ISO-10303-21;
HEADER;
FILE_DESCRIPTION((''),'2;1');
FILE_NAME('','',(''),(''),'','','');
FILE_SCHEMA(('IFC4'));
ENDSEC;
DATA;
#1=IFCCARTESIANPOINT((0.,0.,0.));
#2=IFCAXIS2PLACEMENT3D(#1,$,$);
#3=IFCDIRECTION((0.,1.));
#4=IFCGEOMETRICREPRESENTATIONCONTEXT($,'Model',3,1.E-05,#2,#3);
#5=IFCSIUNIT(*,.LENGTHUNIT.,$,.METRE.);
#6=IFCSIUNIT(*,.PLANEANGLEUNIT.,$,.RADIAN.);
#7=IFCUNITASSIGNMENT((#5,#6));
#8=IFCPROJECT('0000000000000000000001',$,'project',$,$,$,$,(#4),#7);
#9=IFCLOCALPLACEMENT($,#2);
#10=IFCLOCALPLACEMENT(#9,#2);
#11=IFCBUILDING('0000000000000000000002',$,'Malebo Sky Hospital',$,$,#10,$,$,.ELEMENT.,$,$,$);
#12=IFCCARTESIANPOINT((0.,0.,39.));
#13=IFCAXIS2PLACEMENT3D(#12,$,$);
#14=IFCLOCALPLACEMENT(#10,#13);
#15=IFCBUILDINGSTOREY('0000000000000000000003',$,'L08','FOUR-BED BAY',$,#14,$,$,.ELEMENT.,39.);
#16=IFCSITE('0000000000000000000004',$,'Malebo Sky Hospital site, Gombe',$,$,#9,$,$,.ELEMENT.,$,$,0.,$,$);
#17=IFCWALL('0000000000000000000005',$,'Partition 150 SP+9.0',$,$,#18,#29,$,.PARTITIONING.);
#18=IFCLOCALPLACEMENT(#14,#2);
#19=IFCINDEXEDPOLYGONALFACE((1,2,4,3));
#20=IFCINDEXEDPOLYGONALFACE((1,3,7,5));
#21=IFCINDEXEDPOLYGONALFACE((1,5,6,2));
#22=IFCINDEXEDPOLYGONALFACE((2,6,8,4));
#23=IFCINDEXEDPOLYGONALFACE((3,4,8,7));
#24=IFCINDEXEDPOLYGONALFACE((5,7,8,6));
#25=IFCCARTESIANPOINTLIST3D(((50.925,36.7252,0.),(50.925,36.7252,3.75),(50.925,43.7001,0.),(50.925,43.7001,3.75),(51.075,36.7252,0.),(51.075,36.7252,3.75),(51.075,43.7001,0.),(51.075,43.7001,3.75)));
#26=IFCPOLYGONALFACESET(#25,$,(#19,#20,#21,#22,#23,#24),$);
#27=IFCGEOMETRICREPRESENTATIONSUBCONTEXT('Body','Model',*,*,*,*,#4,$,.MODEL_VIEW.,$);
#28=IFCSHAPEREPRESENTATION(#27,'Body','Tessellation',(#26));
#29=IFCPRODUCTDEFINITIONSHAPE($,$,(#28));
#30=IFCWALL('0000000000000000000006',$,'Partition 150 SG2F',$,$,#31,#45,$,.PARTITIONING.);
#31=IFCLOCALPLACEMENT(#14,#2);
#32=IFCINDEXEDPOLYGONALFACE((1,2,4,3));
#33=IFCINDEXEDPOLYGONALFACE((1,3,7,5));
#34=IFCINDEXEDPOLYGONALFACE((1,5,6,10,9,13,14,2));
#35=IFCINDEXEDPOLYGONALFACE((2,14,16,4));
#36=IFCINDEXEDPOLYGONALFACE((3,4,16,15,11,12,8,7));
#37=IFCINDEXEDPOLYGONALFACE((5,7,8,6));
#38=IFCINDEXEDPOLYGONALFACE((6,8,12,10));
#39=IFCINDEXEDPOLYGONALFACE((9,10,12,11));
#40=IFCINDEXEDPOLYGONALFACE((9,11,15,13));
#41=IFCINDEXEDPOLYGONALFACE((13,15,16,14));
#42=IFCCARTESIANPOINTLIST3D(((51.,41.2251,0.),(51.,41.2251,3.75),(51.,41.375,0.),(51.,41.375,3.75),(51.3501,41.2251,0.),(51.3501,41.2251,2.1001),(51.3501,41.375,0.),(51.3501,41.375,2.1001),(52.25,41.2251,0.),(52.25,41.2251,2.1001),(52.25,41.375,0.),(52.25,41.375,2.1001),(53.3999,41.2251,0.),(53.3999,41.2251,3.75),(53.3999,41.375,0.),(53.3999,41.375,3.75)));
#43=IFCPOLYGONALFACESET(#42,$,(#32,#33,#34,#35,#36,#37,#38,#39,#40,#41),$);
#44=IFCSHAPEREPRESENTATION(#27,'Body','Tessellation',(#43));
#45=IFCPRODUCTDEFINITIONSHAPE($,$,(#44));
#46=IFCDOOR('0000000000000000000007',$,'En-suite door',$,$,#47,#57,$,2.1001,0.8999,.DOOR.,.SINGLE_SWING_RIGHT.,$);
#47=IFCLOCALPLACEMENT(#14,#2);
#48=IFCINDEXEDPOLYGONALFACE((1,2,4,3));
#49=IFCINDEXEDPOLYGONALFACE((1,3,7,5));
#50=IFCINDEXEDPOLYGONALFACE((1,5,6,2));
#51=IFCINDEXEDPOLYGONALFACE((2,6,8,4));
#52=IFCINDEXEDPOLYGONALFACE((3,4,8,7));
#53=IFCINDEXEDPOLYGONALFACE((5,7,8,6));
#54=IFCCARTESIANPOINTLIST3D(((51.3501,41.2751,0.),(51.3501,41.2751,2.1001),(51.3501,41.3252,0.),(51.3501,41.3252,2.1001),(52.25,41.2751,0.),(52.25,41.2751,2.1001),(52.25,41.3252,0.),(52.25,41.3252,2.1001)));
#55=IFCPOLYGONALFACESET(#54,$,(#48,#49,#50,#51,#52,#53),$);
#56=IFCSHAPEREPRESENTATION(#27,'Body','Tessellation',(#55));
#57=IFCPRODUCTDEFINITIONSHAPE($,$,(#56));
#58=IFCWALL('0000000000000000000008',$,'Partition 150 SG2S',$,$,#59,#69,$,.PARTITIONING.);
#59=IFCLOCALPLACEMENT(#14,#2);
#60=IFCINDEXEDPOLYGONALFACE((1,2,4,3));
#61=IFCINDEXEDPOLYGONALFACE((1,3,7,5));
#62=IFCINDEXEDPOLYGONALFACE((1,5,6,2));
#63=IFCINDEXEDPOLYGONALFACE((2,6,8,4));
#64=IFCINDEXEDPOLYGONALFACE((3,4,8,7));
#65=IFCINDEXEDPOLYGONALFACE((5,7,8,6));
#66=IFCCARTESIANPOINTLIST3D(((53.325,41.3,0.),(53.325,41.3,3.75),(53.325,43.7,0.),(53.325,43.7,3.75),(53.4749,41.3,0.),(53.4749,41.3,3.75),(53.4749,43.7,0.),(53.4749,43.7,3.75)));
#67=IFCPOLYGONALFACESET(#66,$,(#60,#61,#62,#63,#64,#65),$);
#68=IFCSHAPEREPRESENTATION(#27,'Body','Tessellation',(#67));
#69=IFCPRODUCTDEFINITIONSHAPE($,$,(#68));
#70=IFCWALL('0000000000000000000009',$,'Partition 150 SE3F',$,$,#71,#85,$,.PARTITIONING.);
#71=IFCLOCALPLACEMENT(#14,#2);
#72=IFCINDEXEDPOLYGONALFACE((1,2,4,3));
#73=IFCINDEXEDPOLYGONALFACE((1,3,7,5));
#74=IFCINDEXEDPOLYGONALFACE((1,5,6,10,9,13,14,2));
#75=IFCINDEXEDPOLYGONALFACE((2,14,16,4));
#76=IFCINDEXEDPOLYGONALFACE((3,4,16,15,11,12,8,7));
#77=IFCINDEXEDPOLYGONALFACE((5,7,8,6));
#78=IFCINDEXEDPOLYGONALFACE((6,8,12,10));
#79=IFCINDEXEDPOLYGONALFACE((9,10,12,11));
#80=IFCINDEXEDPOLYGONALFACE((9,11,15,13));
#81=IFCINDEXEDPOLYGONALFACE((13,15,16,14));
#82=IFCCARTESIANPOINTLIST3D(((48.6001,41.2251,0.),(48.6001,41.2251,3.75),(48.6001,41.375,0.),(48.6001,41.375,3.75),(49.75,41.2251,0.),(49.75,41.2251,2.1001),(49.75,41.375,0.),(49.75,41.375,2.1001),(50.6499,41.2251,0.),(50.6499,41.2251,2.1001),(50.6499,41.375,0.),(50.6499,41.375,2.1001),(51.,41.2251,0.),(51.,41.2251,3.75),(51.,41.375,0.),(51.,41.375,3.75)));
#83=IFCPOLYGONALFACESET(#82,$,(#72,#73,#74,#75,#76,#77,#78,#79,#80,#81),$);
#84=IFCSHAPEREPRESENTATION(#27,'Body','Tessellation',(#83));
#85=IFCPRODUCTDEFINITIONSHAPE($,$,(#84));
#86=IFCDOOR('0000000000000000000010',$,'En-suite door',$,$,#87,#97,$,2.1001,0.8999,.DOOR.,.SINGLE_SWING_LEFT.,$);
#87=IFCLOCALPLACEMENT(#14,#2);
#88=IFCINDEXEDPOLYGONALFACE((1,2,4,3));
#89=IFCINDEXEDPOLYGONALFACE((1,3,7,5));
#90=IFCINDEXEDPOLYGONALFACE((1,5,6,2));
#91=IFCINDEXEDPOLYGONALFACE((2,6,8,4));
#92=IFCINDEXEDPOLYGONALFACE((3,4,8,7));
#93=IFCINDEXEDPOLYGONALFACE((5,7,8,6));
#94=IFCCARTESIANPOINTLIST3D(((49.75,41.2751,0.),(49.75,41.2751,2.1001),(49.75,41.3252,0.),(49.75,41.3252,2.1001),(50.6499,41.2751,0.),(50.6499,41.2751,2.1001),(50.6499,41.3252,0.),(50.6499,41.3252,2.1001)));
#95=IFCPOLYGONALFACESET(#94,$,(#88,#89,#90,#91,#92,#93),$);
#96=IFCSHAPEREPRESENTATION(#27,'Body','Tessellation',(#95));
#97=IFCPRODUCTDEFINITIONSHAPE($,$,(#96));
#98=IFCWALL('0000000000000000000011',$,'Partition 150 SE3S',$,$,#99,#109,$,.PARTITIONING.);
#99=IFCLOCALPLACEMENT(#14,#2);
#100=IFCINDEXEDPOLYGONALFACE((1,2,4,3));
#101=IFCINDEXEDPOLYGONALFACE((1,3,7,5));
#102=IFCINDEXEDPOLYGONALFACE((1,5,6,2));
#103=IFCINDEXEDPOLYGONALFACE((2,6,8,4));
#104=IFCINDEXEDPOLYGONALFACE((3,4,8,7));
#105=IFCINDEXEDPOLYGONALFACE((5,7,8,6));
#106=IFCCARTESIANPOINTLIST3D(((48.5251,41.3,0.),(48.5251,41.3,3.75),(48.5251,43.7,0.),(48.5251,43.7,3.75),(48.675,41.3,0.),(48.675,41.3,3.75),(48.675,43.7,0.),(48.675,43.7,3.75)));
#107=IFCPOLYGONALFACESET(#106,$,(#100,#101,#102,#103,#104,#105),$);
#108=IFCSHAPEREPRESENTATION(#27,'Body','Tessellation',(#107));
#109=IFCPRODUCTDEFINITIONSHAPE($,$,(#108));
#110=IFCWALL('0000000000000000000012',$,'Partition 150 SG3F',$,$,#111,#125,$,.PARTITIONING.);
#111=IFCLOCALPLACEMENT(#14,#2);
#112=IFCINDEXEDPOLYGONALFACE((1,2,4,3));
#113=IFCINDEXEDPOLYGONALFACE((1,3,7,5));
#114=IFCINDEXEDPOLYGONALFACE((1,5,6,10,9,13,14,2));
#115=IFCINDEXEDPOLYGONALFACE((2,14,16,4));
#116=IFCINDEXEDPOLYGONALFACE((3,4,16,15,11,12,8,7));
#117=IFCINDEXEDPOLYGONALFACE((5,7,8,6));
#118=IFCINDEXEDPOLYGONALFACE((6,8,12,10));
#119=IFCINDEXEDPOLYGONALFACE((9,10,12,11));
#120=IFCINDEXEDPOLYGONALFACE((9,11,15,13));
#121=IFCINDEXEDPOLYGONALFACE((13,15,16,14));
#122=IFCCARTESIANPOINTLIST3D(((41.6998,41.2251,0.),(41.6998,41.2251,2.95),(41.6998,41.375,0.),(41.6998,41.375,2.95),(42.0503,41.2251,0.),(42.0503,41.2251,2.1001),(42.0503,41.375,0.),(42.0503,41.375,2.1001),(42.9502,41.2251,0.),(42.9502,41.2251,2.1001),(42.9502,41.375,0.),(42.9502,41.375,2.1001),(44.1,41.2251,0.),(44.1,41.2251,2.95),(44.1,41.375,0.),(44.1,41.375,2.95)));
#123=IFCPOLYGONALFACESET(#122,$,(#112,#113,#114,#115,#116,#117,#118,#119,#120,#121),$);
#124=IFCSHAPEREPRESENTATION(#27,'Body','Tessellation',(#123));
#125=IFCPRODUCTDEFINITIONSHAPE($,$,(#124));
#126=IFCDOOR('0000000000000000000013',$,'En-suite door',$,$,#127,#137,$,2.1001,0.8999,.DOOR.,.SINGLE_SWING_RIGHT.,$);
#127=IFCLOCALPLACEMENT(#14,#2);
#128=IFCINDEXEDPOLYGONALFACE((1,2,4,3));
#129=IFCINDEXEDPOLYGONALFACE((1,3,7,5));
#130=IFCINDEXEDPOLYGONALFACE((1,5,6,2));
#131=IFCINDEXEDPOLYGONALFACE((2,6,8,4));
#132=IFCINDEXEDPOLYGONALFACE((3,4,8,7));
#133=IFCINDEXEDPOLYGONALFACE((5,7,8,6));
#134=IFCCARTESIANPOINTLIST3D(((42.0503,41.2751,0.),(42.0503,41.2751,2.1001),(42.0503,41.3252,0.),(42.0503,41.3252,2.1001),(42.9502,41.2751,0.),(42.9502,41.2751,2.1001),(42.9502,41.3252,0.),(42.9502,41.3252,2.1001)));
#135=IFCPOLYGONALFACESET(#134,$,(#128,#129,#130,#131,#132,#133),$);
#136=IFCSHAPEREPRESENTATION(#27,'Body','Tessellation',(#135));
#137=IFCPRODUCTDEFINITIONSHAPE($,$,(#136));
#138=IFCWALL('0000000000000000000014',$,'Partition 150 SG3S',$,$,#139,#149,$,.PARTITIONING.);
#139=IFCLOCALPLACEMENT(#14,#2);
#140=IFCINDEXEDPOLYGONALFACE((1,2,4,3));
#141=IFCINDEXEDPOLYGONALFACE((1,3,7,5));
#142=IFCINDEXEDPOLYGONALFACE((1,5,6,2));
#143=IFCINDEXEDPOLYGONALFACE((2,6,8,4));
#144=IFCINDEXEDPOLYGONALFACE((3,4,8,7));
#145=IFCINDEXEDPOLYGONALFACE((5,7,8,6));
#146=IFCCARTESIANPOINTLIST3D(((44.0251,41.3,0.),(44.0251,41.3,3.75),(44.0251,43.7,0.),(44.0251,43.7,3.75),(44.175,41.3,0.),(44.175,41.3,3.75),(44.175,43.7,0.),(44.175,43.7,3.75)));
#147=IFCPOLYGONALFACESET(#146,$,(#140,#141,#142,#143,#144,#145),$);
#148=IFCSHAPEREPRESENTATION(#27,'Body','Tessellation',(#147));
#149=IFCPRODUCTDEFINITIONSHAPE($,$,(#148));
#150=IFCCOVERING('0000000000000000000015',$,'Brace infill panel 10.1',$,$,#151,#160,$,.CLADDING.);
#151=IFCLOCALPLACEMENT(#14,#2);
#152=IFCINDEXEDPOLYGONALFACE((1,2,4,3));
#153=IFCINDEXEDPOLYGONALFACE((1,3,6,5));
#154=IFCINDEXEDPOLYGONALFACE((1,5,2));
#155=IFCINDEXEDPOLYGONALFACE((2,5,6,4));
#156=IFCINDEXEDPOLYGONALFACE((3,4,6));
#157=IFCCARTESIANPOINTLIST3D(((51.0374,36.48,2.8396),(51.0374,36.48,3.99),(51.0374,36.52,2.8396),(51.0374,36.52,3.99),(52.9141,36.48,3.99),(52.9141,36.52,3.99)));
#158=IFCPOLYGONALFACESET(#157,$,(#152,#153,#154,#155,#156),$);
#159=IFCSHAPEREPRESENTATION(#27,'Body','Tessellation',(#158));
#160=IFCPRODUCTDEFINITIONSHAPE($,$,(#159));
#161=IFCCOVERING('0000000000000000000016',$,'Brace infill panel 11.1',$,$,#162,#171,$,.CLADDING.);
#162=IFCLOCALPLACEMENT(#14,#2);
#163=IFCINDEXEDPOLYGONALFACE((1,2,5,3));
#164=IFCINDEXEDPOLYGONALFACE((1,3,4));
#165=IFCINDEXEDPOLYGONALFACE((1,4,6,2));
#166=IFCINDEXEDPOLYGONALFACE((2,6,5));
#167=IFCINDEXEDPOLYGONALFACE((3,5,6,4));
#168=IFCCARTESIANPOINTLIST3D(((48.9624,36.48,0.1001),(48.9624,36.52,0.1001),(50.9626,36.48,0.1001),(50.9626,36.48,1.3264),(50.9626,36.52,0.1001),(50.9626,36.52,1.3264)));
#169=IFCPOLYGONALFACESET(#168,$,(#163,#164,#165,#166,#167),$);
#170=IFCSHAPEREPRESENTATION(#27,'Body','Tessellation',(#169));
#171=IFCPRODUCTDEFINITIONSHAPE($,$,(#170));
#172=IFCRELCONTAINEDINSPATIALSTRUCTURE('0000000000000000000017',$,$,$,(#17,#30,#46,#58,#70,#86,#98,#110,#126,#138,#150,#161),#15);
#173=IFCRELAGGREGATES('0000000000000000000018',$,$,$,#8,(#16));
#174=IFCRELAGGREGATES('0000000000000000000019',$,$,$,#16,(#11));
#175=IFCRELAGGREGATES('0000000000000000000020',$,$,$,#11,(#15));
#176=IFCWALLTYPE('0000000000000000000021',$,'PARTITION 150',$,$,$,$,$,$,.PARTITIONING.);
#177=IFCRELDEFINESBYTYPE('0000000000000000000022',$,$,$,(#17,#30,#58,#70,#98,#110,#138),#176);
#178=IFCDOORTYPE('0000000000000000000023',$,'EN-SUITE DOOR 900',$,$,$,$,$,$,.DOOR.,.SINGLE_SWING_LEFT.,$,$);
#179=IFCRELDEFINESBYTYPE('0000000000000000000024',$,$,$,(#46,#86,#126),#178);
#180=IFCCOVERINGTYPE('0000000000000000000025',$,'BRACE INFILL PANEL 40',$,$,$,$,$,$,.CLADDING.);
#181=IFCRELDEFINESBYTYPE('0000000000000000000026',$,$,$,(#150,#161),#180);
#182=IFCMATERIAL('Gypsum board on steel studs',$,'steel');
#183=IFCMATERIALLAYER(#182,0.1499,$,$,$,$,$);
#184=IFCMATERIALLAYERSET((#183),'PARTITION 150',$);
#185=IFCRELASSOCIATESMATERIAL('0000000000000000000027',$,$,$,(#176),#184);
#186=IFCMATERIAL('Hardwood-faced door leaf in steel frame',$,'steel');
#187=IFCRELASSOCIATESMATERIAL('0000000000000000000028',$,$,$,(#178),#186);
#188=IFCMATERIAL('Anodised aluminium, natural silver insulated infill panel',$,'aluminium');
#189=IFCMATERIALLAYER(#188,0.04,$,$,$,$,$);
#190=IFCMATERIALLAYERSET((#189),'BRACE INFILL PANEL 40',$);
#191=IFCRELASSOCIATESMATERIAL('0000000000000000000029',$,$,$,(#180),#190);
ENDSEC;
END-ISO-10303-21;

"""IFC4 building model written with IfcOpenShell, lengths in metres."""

from ifc_helpers import new_model, si_unit, direction, frame, frame_2d, origin, place, context, subcontext, project, spatial, polyline, rectangle, outline, extrude, material, layer, layer_set, type_object, element, fill, save


model = new_model("IFC4")

# Units and contexts
model_context = context("Model", 3, precision=1e-05, world=origin(), true_north=direction((0.0, 1.0)))
body_context = subcontext(model_context, "Body", "Model", "MODEL_VIEW")
ifc_project = project(units=[si_unit("LENGTHUNIT", "METRE"), si_unit("PLANEANGLEUNIT", "RADIAN")], contexts=[model_context])

# Site, building, storey
site_placement = place(None, origin())
site = spatial("IfcSite", under=ifc_project, at=site_placement, Name="Malebo Sky Hospital site, Gombe", CompositionType="ELEMENT", RefElevation=0.0)
building_placement = place(site_placement, origin())
building = spatial("IfcBuilding", under=site, at=building_placement, Name="Malebo Sky Hospital", CompositionType="ELEMENT")
storey_placement = place(building_placement, frame((0.0, 0.0, 39.0)))
storey = spatial("IfcBuildingStorey", under=building, at=storey_placement, Name="L08", Description="FOUR-BED BAY", CompositionType="ELEMENT", Elevation=39.0)

# Wall
ifc_material_1 = material(Name="Gypsum board on steel studs", Category="steel")
ifc_layer_1 = layer(ifc_material_1, 0.1499)
ifc_layer_set_1 = layer_set([ifc_layer_1], Name="PARTITION 150")
wall_type = type_object("IfcWallType", Name="PARTITION 150", PredefinedType="PARTITIONING", material=ifc_layer_set_1)
wall_1_placement = place(storey_placement, frame((51.0, 43.7, 0.0), z_axis=(0.0, 0.0, 1.0), x_axis=(0.0, -1.0, 0.0)))
element("IfcWall", 1, at=wall_1_placement, inside=storey, type_object=wall_type, Name="Partition 150 SP+9.0", PredefinedType="PARTITIONING", context=body_context, shape_type="SweptSolid", body=[
    extrude(rectangle(XDim=6.9749, YDim=0.1499, at=frame_2d((3.4873, 0.0))), origin(), (0.0, 0.0, 1.0), 3.75),
])

# Wall, opening, door
wall_2_placement = place(storey_placement, frame((53.3999, 41.3, 0.0), z_axis=(0.0, 0.0, 1.0), x_axis=(-1.0, 0.0, 0.0)))
wall_2 = element("IfcWall", 2, at=wall_2_placement, inside=storey, type_object=wall_type, Name="Partition 150 SG2F", PredefinedType="PARTITIONING", context=body_context, shape_type="SweptSolid", body=[
    extrude(rectangle(XDim=2.3999, YDim=0.1499, at=frame_2d((1.2, 0.0))), origin(), (0.0, 0.0, 1.0), 3.75),
])
opening_1_placement = place(wall_2_placement, frame((1.1499, 0.0, 0.0)))
opening_1 = element("IfcOpeningElement", 3, at=opening_1_placement, cuts=wall_2, PredefinedType="OPENING", context=body_context, shape_type="SweptSolid", body=[
    extrude(rectangle(XDim=0.8999, YDim=2.1001, at=frame_2d((0.45, 1.05))), frame((0.0, 0.085, 0.0), z_axis=(0.0, -1.0, 0.0), x_axis=(1.0, 0.0, 0.0)), (0.0, 0.0, 1.0), 0.1699),
])
ifc_material_2 = material(Name="Hardwood-faced door leaf in steel frame", Category="steel")
door_type = type_object("IfcDoorType", Name="EN-SUITE DOOR 900", OperationType="SINGLE_SWING_LEFT", PredefinedType="DOOR", material=ifc_material_2)
door_1_placement = place(opening_1_placement, origin())
door_1 = element("IfcDoor", 4, at=door_1_placement, inside=storey, type_object=door_type, Name="En-suite door", OperationType="SINGLE_SWING_RIGHT", OverallHeight=2.1001, OverallWidth=0.8999, PredefinedType="DOOR", context=body_context, shape_type="SweptSolid", body=[
    extrude(rectangle(XDim=0.8999, YDim=2.1001, at=frame_2d((0.45, 1.05))), frame((0.0, 0.0249, 0.0), z_axis=(0.0, -1.0, 0.0), x_axis=(1.0, 0.0, 0.0)), (0.0, 0.0, 1.0), 0.05),
])
fill(opening_1, door_1)

# Wall
wall_3_placement = place(storey_placement, frame((53.3999, 43.7, 0.0), z_axis=(0.0, 0.0, 1.0), x_axis=(0.0, -1.0, 0.0)))
element("IfcWall", 5, at=wall_3_placement, inside=storey, type_object=wall_type, Name="Partition 150 SG2S", PredefinedType="PARTITIONING", context=body_context, shape_type="SweptSolid", body=[
    extrude(rectangle(XDim=2.3999, YDim=0.1499, at=frame_2d((1.2, 0.0))), origin(), (0.0, 0.0, 1.0), 3.75),
])

# Wall, opening, door
wall_4_placement = place(storey_placement, frame((51.0, 41.3, 0.0), z_axis=(0.0, 0.0, 1.0), x_axis=(-1.0, 0.0, 0.0)))
wall_4 = element("IfcWall", 6, at=wall_4_placement, inside=storey, type_object=wall_type, Name="Partition 150 SE3F", PredefinedType="PARTITIONING", context=body_context, shape_type="SweptSolid", body=[
    extrude(rectangle(XDim=2.3999, YDim=0.1499, at=frame_2d((1.2, 0.0))), origin(), (0.0, 0.0, 1.0), 3.75),
])
opening_2_placement = place(wall_4_placement, frame((0.3501, 0.0, 0.0)))
opening_2 = element("IfcOpeningElement", 7, at=opening_2_placement, cuts=wall_4, PredefinedType="OPENING", context=body_context, shape_type="SweptSolid", body=[
    extrude(rectangle(XDim=0.8999, YDim=2.1001, at=frame_2d((0.45, 1.05))), frame((0.0, 0.085, 0.0), z_axis=(0.0, -1.0, 0.0), x_axis=(1.0, 0.0, 0.0)), (0.0, 0.0, 1.0), 0.1699),
])
door_2_placement = place(opening_2_placement, origin())
door_2 = element("IfcDoor", 8, at=door_2_placement, inside=storey, type_object=door_type, Name="En-suite door", OperationType="SINGLE_SWING_LEFT", OverallHeight=2.1001, OverallWidth=0.8999, PredefinedType="DOOR", context=body_context, shape_type="SweptSolid", body=[
    extrude(rectangle(XDim=0.8999, YDim=2.1001, at=frame_2d((0.45, 1.05))), frame((0.0, 0.0249, 0.0), z_axis=(0.0, -1.0, 0.0), x_axis=(1.0, 0.0, 0.0)), (0.0, 0.0, 1.0), 0.05),
])
fill(opening_2, door_2)

# Wall
wall_5_placement = place(storey_placement, frame((48.6001, 43.7, 0.0), z_axis=(0.0, 0.0, 1.0), x_axis=(0.0, -1.0, 0.0)))
element("IfcWall", 9, at=wall_5_placement, inside=storey, type_object=wall_type, Name="Partition 150 SE3S", PredefinedType="PARTITIONING", context=body_context, shape_type="SweptSolid", body=[
    extrude(rectangle(XDim=2.3999, YDim=0.1499, at=frame_2d((1.2, 0.0))), origin(), (0.0, 0.0, 1.0), 3.75),
])

# Wall, opening, door
wall_6_placement = place(storey_placement, frame((44.1001, 41.3, 0.0), z_axis=(0.0, 0.0, 1.0), x_axis=(-1.0, 0.0, 0.0)))
wall_6 = element("IfcWall", 10, at=wall_6_placement, inside=storey, type_object=wall_type, Name="Partition 150 SG3F", PredefinedType="PARTITIONING", context=body_context, shape_type="SweptSolid", body=[
    extrude(rectangle(XDim=2.4001, YDim=0.1499, at=frame_2d((1.2002, 0.0))), origin(), (0.0, 0.0, 1.0), 2.95),
])
opening_3_placement = place(wall_6_placement, frame((1.1499, 0.0, 0.0)))
opening_3 = element("IfcOpeningElement", 11, at=opening_3_placement, cuts=wall_6, PredefinedType="OPENING", context=body_context, shape_type="SweptSolid", body=[
    extrude(rectangle(XDim=0.8999, YDim=2.1001, at=frame_2d((0.45, 1.05))), frame((0.0, 0.085, 0.0), z_axis=(0.0, -1.0, 0.0), x_axis=(1.0, 0.0, 0.0)), (0.0, 0.0, 1.0), 0.1699),
])
door_3_placement = place(opening_3_placement, origin())
door_3 = element("IfcDoor", 12, at=door_3_placement, inside=storey, type_object=door_type, Name="En-suite door", OperationType="SINGLE_SWING_RIGHT", OverallHeight=2.1001, OverallWidth=0.8999, PredefinedType="DOOR", context=body_context, shape_type="SweptSolid", body=[
    extrude(rectangle(XDim=0.8999, YDim=2.1001, at=frame_2d((0.45, 1.05))), frame((0.0, 0.0249, 0.0), z_axis=(0.0, -1.0, 0.0), x_axis=(1.0, 0.0, 0.0)), (0.0, 0.0, 1.0), 0.05),
])
fill(opening_3, door_3)

# Wall
wall_7_placement = place(storey_placement, frame((44.1001, 43.7, 0.0), z_axis=(0.0, 0.0, 1.0), x_axis=(0.0, -1.0, 0.0)))
element("IfcWall", 13, at=wall_7_placement, inside=storey, type_object=wall_type, Name="Partition 150 SG3S", PredefinedType="PARTITIONING", context=body_context, shape_type="SweptSolid", body=[
    extrude(rectangle(XDim=2.3999, YDim=0.1499, at=frame_2d((1.2, 0.0))), origin(), (0.0, 0.0, 1.0), 3.75),
])

# Coverings
ifc_material_3 = material(Name="Anodised aluminium, natural silver insulated infill panel", Category="aluminium")
ifc_layer_2 = layer(ifc_material_3, 0.04)
ifc_layer_set_2 = layer_set([ifc_layer_2], Name="BRACE INFILL PANEL 40")
covering_type = type_object("IfcCoveringType", Name="BRACE INFILL PANEL 40", PredefinedType="CLADDING", material=ifc_layer_set_2)
covering_1_placement = place(storey_placement, frame((51.9758, 36.5, 2.8396), z_axis=(0.0, 0.0, 1.0), x_axis=(-1.0, 0.0, 0.0)))
element("IfcCovering", 14, at=covering_1_placement, inside=storey, type_object=covering_type, Name="Brace infill panel 10.1", PredefinedType="CLADDING", context=body_context, shape_type="SweptSolid", body=[
    extrude(outline(polyline([(0.9385, 0.0), (0.9385, 1.1504), (-0.9382, 1.1504), (0.9385, 0.0)])), frame((0.0, 0.02, 0.0), z_axis=(0.0, -1.0, 0.0), x_axis=(1.0, 0.0, 0.0)), (0.0, 0.0, 1.0), 0.04),
])
covering_2_placement = place(storey_placement, frame((49.9624, 36.5, 0.1001), z_axis=(0.0, 0.0, 1.0), x_axis=(-1.0, 0.0, 0.0)))
element("IfcCovering", 15, at=covering_2_placement, inside=storey, type_object=covering_type, Name="Brace infill panel 11.1", PredefinedType="CLADDING", context=body_context, shape_type="SweptSolid", body=[
    extrude(outline(polyline([(-1.0002, 0.0), (1.0, 0.0), (-1.0002, 1.2263), (-1.0002, 0.0)])), frame((0.0, 0.02, 0.0), z_axis=(0.0, -1.0, 0.0), x_axis=(1.0, 0.0, 0.0)), (0.0, 0.0, 1.0), 0.04),
])

save(model, "model.ifc")
